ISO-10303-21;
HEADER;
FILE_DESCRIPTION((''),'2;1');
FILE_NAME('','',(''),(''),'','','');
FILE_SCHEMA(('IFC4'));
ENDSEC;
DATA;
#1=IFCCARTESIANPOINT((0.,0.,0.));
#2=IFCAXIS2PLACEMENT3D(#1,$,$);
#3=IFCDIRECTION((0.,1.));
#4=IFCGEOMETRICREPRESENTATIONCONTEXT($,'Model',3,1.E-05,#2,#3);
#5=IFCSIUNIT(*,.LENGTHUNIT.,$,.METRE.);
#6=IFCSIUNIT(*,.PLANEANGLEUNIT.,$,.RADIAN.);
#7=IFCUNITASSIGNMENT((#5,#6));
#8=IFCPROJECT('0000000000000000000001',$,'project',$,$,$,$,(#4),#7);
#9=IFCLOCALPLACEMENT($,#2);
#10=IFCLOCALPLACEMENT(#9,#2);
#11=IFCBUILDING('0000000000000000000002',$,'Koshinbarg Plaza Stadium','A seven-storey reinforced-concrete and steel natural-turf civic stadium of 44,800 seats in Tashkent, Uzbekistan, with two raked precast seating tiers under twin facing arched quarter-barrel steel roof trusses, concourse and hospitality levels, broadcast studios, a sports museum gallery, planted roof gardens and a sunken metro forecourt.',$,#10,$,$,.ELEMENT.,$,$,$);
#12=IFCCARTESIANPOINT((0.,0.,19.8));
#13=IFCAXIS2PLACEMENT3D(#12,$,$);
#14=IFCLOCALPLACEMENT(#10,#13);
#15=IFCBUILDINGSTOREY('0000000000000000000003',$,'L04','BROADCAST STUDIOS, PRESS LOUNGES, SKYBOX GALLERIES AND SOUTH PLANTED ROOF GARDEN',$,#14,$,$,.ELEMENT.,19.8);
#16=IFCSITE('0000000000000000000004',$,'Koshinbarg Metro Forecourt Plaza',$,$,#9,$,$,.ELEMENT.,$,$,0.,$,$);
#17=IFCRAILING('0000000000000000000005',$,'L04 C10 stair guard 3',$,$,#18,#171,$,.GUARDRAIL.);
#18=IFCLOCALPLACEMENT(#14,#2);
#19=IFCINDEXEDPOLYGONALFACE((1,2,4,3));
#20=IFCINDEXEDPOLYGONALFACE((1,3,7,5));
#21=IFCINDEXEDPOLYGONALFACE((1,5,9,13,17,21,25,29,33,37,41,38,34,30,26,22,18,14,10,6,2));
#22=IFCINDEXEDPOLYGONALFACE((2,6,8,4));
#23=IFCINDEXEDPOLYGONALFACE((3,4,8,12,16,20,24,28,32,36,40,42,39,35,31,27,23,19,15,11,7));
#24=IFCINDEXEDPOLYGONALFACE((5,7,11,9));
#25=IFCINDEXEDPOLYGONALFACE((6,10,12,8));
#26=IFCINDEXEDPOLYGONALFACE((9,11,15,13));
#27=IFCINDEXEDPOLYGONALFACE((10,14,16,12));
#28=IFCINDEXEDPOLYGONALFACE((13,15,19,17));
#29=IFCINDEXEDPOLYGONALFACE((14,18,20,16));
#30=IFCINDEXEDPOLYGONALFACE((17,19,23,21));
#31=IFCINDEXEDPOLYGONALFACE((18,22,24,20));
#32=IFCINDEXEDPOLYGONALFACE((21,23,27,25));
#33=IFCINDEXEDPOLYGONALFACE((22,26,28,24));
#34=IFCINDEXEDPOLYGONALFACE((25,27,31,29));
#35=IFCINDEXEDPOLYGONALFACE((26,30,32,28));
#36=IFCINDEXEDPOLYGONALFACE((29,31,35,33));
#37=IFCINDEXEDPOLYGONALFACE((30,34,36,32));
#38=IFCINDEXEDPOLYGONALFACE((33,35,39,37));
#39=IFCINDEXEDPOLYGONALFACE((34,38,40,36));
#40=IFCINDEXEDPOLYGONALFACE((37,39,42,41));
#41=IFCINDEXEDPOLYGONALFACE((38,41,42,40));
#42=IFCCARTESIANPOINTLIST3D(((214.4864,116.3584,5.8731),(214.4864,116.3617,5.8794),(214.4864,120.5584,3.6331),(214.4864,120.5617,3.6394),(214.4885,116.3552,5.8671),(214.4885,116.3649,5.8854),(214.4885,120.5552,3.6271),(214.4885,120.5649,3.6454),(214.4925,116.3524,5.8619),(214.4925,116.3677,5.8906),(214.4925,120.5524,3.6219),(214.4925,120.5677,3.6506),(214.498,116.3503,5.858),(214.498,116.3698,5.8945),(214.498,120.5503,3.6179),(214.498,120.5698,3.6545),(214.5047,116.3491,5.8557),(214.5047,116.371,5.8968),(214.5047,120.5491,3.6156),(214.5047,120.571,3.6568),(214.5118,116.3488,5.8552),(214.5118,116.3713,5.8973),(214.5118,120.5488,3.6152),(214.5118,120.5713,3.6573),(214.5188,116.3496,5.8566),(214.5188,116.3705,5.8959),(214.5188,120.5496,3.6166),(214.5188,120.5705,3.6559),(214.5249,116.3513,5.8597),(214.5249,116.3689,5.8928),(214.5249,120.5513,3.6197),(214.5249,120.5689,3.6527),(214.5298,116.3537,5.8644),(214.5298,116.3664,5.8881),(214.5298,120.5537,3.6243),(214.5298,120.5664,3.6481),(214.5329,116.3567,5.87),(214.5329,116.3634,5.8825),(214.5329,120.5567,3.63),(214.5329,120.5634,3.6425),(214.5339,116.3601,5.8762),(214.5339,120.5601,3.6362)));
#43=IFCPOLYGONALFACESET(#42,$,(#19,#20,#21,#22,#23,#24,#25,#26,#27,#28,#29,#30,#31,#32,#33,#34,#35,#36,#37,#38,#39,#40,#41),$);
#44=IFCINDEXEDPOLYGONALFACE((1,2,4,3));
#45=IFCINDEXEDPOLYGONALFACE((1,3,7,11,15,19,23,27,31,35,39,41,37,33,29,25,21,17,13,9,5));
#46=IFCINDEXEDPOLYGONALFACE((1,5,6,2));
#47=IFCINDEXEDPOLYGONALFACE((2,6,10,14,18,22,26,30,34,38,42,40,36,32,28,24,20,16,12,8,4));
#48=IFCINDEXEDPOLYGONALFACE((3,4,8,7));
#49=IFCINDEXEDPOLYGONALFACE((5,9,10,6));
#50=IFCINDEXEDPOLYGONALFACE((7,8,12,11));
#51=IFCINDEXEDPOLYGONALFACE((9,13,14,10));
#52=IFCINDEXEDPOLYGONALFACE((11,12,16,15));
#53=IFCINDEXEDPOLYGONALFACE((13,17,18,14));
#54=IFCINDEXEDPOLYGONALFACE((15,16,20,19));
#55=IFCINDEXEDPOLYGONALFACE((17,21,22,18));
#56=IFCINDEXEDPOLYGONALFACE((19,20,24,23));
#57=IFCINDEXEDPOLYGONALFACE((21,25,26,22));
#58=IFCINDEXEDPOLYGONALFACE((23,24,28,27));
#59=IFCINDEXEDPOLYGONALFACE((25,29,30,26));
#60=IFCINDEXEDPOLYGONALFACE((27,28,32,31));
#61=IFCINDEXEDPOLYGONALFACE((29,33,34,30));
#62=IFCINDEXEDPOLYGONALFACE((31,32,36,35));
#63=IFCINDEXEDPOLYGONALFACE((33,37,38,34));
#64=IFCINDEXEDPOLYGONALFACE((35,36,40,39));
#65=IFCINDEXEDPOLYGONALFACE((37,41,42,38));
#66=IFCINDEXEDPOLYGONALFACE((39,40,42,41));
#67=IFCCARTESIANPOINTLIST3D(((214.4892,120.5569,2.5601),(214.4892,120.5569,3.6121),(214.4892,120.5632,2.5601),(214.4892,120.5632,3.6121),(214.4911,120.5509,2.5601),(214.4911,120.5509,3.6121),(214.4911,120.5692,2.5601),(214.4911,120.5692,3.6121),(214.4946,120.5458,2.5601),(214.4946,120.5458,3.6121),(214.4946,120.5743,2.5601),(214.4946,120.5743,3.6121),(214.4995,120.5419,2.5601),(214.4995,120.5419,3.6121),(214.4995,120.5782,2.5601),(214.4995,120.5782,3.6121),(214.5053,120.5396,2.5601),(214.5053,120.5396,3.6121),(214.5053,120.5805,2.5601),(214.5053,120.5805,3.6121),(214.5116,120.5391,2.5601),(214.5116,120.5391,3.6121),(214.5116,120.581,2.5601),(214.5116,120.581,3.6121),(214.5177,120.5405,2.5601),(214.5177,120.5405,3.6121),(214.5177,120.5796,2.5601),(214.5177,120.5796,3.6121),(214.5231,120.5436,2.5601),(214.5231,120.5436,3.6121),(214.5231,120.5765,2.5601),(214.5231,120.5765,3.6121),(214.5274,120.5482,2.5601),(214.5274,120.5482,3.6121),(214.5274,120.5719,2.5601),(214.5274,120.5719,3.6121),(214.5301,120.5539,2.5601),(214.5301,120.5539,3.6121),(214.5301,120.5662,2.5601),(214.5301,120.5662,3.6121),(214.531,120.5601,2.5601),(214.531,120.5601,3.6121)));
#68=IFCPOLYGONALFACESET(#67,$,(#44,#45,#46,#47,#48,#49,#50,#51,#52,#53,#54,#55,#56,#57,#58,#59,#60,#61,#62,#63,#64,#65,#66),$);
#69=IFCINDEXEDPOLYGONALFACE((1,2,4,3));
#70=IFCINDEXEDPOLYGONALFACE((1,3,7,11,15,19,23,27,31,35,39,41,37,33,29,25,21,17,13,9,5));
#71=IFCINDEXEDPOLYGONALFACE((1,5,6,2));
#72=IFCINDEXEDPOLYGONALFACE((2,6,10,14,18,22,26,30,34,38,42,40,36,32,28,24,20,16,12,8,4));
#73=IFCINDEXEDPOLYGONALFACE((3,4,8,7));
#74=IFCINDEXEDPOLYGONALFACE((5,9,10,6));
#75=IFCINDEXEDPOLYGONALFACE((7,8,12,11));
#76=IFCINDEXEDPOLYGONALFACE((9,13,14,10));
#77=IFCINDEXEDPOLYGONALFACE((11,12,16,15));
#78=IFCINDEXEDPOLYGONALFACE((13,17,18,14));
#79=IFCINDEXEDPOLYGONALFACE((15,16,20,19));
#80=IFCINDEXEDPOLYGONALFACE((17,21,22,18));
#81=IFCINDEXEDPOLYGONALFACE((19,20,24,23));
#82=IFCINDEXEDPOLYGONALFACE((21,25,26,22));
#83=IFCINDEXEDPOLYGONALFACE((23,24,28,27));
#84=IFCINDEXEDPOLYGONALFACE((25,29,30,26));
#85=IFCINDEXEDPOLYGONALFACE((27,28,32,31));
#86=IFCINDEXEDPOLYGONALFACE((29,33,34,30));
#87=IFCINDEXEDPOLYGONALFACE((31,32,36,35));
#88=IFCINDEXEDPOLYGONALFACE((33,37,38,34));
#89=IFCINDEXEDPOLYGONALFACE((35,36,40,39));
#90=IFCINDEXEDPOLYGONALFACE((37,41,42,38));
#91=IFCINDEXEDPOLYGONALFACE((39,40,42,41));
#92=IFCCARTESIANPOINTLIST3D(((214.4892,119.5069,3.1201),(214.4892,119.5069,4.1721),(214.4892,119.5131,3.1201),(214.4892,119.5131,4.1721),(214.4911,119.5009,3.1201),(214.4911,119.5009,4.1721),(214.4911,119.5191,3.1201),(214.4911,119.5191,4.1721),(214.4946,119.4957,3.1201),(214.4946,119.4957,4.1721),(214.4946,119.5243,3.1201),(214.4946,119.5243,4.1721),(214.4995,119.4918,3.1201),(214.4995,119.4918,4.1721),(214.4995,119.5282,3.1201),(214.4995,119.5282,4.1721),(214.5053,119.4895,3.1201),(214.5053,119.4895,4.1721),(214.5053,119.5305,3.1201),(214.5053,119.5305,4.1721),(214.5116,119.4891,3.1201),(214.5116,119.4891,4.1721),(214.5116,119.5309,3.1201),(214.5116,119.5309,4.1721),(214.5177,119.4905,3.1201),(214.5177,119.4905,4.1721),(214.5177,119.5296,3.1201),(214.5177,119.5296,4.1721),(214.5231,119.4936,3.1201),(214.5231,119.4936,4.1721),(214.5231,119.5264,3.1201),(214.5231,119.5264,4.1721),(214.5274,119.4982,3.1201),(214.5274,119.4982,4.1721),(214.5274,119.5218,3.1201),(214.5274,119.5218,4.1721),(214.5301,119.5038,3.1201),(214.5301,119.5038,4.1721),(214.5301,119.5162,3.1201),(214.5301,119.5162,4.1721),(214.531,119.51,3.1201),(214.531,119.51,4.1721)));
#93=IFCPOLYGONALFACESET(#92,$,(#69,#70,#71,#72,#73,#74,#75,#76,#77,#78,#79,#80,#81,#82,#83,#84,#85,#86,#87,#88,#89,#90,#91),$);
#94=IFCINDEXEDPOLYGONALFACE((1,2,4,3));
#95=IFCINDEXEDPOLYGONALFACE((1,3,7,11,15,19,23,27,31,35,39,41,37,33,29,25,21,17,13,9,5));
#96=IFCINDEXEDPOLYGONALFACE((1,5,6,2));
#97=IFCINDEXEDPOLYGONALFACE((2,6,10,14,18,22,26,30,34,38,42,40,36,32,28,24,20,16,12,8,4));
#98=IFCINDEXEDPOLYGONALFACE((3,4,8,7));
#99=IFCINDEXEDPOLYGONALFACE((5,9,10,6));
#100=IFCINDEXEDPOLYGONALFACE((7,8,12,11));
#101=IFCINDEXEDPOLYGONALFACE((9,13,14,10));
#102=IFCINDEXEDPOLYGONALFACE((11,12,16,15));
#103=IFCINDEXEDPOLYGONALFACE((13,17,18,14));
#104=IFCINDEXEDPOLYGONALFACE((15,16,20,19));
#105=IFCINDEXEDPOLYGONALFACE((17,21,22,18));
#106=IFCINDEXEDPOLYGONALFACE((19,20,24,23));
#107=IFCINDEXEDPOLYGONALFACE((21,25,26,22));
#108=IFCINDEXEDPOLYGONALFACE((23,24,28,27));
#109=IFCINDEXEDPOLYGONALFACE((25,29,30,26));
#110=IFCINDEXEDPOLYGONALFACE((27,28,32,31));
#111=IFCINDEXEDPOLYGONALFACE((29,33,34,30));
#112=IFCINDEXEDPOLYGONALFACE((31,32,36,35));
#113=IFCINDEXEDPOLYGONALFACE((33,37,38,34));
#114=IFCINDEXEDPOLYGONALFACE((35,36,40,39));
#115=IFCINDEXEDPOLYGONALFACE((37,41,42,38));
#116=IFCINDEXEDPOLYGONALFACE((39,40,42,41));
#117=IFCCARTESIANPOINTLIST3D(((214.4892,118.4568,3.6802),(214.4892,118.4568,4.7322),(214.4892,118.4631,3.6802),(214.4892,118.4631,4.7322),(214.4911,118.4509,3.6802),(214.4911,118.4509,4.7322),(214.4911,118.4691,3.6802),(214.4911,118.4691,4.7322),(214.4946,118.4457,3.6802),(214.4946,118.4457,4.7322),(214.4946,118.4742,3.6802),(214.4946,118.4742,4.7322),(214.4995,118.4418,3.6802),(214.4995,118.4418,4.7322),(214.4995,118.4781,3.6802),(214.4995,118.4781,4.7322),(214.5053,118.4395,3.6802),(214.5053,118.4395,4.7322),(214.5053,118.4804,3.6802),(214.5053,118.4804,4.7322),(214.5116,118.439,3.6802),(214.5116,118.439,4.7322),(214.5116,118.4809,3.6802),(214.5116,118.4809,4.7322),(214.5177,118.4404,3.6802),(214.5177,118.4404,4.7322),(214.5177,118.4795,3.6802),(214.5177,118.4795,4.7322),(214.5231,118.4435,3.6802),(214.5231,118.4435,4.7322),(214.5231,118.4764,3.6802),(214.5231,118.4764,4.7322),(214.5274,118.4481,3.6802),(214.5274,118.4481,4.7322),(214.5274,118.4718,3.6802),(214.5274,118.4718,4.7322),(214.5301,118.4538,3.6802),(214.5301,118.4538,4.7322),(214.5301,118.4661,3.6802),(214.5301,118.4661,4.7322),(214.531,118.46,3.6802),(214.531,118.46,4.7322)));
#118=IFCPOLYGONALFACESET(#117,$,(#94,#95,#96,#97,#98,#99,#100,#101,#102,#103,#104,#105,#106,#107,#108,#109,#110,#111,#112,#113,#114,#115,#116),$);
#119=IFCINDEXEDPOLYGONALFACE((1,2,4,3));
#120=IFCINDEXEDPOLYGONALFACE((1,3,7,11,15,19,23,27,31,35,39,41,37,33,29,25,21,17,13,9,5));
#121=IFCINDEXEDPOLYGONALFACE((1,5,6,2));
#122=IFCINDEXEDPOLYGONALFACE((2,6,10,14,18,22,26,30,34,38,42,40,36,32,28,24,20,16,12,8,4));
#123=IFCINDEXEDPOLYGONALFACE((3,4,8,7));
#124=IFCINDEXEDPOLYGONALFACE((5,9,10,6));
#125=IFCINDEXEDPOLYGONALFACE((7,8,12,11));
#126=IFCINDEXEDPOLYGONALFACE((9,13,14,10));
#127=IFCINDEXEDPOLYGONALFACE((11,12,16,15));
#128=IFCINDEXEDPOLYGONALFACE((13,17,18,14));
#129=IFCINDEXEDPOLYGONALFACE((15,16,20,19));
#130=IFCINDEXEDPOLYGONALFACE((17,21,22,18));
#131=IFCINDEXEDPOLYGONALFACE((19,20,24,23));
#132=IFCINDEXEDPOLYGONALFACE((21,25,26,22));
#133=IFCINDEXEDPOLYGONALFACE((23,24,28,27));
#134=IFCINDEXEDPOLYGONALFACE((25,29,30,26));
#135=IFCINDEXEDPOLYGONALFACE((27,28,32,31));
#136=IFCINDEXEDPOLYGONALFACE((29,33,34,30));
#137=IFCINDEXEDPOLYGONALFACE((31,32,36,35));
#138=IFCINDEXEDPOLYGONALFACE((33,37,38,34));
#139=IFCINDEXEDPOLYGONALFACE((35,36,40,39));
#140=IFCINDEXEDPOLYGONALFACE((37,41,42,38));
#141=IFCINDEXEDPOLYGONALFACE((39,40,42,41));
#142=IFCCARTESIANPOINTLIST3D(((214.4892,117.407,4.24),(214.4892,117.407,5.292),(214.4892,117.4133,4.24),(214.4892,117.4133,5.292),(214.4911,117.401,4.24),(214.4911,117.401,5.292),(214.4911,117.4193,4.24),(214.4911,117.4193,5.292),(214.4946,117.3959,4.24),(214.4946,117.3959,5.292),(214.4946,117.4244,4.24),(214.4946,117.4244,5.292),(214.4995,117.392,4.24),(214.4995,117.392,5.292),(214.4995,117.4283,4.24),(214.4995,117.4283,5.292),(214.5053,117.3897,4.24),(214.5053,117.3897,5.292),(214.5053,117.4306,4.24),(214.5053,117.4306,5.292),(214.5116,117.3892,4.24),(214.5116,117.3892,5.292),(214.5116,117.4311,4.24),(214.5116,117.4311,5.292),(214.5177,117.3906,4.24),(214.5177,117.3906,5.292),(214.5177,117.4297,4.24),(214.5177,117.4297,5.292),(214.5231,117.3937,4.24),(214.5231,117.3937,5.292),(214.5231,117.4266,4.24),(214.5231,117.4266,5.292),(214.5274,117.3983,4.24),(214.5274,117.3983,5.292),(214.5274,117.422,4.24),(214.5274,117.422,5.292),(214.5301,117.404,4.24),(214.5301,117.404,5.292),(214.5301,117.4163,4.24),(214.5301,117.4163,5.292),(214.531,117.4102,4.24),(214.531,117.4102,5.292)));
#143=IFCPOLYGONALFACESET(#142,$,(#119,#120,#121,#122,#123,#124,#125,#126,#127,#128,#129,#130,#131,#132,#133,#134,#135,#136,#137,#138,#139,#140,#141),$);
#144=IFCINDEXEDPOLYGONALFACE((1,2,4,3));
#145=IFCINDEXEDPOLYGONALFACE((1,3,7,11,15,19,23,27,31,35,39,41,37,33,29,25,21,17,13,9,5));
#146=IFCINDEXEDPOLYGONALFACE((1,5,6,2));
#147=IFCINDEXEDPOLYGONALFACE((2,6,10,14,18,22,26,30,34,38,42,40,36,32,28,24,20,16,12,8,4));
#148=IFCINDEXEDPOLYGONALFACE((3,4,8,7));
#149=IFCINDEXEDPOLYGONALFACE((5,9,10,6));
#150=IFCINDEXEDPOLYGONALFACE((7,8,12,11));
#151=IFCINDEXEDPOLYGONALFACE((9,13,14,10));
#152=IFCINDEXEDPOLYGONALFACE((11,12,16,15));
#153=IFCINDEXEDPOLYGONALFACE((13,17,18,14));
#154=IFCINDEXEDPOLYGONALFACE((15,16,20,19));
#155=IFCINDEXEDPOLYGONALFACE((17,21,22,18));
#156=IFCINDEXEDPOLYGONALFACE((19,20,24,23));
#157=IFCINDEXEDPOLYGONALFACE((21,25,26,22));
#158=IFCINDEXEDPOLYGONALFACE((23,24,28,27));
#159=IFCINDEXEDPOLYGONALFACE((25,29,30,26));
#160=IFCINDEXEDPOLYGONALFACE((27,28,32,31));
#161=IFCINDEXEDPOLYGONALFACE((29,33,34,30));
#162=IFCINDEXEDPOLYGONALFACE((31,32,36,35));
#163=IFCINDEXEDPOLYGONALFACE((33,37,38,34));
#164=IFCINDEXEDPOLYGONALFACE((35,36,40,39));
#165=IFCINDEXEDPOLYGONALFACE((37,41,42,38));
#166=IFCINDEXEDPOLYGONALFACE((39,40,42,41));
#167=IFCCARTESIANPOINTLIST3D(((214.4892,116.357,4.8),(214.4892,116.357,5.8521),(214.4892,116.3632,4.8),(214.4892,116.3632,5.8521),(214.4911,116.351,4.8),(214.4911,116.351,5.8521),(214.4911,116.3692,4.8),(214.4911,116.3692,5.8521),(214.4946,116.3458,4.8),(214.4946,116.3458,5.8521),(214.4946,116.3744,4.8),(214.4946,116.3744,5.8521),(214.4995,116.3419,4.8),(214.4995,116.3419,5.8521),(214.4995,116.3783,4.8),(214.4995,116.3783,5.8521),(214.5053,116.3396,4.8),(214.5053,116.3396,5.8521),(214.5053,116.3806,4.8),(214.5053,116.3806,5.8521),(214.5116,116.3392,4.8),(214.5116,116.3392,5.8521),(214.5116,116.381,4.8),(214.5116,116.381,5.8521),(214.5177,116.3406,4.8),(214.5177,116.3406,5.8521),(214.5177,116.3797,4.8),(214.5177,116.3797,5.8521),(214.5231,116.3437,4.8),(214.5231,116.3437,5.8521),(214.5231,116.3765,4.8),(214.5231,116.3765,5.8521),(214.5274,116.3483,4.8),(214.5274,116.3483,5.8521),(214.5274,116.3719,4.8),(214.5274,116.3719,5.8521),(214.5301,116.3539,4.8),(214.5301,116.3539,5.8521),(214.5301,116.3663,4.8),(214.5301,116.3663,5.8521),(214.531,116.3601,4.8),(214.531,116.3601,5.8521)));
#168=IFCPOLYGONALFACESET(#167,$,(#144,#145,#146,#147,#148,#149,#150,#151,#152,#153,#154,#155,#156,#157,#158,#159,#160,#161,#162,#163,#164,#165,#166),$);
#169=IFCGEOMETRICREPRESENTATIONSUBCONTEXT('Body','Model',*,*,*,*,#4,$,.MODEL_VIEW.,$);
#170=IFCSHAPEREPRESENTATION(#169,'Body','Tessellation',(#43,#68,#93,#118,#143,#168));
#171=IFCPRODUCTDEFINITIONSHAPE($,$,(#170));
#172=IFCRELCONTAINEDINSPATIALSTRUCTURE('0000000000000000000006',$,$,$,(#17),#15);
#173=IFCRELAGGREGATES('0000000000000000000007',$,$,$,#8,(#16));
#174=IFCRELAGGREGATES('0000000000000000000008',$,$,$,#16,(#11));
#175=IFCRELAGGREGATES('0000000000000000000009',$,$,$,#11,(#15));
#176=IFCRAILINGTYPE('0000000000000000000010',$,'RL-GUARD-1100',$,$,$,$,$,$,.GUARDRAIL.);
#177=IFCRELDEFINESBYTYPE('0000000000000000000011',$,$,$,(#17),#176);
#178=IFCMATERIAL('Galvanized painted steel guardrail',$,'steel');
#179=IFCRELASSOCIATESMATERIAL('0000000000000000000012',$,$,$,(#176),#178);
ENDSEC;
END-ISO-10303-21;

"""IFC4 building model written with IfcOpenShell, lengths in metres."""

from ifc_helpers import new_model, si_unit, direction, frame, origin, origin_2d, place, context, subcontext, project, spatial, circle, extrude, material, type_object, element, save


model = new_model("IFC4")

# Units and contexts
model_context = context("Model", 3, precision=1e-05, world=origin(), true_north=direction((0.0, 1.0)))
body_context = subcontext(model_context, "Body", "Model", "MODEL_VIEW")
ifc_project = project(units=[si_unit("LENGTHUNIT", "METRE"), si_unit("PLANEANGLEUNIT", "RADIAN")], contexts=[model_context])

# Site, building, storey
site_placement = place(None, origin())
site = spatial("IfcSite", under=ifc_project, at=site_placement, Name="Koshinbarg Metro Forecourt Plaza", CompositionType="ELEMENT", RefElevation=0.0)
building_placement = place(site_placement, origin())
building = spatial("IfcBuilding", under=site, at=building_placement, Name="Koshinbarg Plaza Stadium", Description="A seven-storey reinforced-concrete and steel natural-turf civic stadium of 44,800 seats in Tashkent, Uzbekistan, with two raked precast seating tiers under twin facing arched quarter-barrel steel roof trusses, concourse and hospitality levels, broadcast studios, a sports museum gallery, planted roof gardens and a sunken metro forecourt.", CompositionType="ELEMENT")
storey_placement = place(building_placement, frame((0.0, 0.0, 19.8)))
storey = spatial("IfcBuildingStorey", under=building, at=storey_placement, Name="L04", Description="BROADCAST STUDIOS, PRESS LOUNGES, SKYBOX GALLERIES AND SOUTH PLANTED ROOF GARDEN", CompositionType="ELEMENT", Elevation=19.8)

# Railing
ifc_material_1 = material(Name="Galvanized painted steel guardrail", Category="steel")
railing_type_1 = type_object("IfcRailingType", Name="RL-GUARD-1100", PredefinedType="GUARDRAIL", material=ifc_material_1)
railing_1_placement = place(storey_placement, frame((214.51, 120.5601, 2.5601)))
element("IfcRailing", 1, at=railing_1_placement, inside=storey, type_object=railing_type_1, Name="L04 C10 stair guard 3", PredefinedType="GUARDRAIL", context=body_context, shape_type="SweptSolid", body=[
    extrude(circle(Radius=0.0239, at=origin_2d()), frame((0.0, 0.0, 1.0762), z_axis=(0.0, -0.882352, 0.470591), x_axis=(1.0, 0.0, 0.0)), (0.0, 0.0, 1.0), 4.76),
    extrude(circle(Radius=0.021, at=origin_2d()), origin(), (0.0, 0.0, 1.0), 1.052),
    extrude(circle(Radius=0.021, at=origin_2d()), frame((0.0, -1.05, 0.5601)), (0.0, 0.0, 1.0), 1.052),
    extrude(circle(Radius=0.021, at=origin_2d()), frame((0.0, -2.1001, 1.1201)), (0.0, 0.0, 1.0), 1.052),
    extrude(circle(Radius=0.021, at=origin_2d()), frame((0.0, -3.1499, 1.6799)), (0.0, 0.0, 1.0), 1.052),
    extrude(circle(Radius=0.021, at=origin_2d()), frame((0.0, -4.2, 2.24)), (0.0, 0.0, 1.0), 1.052),
])

save(model, "model.ifc")
